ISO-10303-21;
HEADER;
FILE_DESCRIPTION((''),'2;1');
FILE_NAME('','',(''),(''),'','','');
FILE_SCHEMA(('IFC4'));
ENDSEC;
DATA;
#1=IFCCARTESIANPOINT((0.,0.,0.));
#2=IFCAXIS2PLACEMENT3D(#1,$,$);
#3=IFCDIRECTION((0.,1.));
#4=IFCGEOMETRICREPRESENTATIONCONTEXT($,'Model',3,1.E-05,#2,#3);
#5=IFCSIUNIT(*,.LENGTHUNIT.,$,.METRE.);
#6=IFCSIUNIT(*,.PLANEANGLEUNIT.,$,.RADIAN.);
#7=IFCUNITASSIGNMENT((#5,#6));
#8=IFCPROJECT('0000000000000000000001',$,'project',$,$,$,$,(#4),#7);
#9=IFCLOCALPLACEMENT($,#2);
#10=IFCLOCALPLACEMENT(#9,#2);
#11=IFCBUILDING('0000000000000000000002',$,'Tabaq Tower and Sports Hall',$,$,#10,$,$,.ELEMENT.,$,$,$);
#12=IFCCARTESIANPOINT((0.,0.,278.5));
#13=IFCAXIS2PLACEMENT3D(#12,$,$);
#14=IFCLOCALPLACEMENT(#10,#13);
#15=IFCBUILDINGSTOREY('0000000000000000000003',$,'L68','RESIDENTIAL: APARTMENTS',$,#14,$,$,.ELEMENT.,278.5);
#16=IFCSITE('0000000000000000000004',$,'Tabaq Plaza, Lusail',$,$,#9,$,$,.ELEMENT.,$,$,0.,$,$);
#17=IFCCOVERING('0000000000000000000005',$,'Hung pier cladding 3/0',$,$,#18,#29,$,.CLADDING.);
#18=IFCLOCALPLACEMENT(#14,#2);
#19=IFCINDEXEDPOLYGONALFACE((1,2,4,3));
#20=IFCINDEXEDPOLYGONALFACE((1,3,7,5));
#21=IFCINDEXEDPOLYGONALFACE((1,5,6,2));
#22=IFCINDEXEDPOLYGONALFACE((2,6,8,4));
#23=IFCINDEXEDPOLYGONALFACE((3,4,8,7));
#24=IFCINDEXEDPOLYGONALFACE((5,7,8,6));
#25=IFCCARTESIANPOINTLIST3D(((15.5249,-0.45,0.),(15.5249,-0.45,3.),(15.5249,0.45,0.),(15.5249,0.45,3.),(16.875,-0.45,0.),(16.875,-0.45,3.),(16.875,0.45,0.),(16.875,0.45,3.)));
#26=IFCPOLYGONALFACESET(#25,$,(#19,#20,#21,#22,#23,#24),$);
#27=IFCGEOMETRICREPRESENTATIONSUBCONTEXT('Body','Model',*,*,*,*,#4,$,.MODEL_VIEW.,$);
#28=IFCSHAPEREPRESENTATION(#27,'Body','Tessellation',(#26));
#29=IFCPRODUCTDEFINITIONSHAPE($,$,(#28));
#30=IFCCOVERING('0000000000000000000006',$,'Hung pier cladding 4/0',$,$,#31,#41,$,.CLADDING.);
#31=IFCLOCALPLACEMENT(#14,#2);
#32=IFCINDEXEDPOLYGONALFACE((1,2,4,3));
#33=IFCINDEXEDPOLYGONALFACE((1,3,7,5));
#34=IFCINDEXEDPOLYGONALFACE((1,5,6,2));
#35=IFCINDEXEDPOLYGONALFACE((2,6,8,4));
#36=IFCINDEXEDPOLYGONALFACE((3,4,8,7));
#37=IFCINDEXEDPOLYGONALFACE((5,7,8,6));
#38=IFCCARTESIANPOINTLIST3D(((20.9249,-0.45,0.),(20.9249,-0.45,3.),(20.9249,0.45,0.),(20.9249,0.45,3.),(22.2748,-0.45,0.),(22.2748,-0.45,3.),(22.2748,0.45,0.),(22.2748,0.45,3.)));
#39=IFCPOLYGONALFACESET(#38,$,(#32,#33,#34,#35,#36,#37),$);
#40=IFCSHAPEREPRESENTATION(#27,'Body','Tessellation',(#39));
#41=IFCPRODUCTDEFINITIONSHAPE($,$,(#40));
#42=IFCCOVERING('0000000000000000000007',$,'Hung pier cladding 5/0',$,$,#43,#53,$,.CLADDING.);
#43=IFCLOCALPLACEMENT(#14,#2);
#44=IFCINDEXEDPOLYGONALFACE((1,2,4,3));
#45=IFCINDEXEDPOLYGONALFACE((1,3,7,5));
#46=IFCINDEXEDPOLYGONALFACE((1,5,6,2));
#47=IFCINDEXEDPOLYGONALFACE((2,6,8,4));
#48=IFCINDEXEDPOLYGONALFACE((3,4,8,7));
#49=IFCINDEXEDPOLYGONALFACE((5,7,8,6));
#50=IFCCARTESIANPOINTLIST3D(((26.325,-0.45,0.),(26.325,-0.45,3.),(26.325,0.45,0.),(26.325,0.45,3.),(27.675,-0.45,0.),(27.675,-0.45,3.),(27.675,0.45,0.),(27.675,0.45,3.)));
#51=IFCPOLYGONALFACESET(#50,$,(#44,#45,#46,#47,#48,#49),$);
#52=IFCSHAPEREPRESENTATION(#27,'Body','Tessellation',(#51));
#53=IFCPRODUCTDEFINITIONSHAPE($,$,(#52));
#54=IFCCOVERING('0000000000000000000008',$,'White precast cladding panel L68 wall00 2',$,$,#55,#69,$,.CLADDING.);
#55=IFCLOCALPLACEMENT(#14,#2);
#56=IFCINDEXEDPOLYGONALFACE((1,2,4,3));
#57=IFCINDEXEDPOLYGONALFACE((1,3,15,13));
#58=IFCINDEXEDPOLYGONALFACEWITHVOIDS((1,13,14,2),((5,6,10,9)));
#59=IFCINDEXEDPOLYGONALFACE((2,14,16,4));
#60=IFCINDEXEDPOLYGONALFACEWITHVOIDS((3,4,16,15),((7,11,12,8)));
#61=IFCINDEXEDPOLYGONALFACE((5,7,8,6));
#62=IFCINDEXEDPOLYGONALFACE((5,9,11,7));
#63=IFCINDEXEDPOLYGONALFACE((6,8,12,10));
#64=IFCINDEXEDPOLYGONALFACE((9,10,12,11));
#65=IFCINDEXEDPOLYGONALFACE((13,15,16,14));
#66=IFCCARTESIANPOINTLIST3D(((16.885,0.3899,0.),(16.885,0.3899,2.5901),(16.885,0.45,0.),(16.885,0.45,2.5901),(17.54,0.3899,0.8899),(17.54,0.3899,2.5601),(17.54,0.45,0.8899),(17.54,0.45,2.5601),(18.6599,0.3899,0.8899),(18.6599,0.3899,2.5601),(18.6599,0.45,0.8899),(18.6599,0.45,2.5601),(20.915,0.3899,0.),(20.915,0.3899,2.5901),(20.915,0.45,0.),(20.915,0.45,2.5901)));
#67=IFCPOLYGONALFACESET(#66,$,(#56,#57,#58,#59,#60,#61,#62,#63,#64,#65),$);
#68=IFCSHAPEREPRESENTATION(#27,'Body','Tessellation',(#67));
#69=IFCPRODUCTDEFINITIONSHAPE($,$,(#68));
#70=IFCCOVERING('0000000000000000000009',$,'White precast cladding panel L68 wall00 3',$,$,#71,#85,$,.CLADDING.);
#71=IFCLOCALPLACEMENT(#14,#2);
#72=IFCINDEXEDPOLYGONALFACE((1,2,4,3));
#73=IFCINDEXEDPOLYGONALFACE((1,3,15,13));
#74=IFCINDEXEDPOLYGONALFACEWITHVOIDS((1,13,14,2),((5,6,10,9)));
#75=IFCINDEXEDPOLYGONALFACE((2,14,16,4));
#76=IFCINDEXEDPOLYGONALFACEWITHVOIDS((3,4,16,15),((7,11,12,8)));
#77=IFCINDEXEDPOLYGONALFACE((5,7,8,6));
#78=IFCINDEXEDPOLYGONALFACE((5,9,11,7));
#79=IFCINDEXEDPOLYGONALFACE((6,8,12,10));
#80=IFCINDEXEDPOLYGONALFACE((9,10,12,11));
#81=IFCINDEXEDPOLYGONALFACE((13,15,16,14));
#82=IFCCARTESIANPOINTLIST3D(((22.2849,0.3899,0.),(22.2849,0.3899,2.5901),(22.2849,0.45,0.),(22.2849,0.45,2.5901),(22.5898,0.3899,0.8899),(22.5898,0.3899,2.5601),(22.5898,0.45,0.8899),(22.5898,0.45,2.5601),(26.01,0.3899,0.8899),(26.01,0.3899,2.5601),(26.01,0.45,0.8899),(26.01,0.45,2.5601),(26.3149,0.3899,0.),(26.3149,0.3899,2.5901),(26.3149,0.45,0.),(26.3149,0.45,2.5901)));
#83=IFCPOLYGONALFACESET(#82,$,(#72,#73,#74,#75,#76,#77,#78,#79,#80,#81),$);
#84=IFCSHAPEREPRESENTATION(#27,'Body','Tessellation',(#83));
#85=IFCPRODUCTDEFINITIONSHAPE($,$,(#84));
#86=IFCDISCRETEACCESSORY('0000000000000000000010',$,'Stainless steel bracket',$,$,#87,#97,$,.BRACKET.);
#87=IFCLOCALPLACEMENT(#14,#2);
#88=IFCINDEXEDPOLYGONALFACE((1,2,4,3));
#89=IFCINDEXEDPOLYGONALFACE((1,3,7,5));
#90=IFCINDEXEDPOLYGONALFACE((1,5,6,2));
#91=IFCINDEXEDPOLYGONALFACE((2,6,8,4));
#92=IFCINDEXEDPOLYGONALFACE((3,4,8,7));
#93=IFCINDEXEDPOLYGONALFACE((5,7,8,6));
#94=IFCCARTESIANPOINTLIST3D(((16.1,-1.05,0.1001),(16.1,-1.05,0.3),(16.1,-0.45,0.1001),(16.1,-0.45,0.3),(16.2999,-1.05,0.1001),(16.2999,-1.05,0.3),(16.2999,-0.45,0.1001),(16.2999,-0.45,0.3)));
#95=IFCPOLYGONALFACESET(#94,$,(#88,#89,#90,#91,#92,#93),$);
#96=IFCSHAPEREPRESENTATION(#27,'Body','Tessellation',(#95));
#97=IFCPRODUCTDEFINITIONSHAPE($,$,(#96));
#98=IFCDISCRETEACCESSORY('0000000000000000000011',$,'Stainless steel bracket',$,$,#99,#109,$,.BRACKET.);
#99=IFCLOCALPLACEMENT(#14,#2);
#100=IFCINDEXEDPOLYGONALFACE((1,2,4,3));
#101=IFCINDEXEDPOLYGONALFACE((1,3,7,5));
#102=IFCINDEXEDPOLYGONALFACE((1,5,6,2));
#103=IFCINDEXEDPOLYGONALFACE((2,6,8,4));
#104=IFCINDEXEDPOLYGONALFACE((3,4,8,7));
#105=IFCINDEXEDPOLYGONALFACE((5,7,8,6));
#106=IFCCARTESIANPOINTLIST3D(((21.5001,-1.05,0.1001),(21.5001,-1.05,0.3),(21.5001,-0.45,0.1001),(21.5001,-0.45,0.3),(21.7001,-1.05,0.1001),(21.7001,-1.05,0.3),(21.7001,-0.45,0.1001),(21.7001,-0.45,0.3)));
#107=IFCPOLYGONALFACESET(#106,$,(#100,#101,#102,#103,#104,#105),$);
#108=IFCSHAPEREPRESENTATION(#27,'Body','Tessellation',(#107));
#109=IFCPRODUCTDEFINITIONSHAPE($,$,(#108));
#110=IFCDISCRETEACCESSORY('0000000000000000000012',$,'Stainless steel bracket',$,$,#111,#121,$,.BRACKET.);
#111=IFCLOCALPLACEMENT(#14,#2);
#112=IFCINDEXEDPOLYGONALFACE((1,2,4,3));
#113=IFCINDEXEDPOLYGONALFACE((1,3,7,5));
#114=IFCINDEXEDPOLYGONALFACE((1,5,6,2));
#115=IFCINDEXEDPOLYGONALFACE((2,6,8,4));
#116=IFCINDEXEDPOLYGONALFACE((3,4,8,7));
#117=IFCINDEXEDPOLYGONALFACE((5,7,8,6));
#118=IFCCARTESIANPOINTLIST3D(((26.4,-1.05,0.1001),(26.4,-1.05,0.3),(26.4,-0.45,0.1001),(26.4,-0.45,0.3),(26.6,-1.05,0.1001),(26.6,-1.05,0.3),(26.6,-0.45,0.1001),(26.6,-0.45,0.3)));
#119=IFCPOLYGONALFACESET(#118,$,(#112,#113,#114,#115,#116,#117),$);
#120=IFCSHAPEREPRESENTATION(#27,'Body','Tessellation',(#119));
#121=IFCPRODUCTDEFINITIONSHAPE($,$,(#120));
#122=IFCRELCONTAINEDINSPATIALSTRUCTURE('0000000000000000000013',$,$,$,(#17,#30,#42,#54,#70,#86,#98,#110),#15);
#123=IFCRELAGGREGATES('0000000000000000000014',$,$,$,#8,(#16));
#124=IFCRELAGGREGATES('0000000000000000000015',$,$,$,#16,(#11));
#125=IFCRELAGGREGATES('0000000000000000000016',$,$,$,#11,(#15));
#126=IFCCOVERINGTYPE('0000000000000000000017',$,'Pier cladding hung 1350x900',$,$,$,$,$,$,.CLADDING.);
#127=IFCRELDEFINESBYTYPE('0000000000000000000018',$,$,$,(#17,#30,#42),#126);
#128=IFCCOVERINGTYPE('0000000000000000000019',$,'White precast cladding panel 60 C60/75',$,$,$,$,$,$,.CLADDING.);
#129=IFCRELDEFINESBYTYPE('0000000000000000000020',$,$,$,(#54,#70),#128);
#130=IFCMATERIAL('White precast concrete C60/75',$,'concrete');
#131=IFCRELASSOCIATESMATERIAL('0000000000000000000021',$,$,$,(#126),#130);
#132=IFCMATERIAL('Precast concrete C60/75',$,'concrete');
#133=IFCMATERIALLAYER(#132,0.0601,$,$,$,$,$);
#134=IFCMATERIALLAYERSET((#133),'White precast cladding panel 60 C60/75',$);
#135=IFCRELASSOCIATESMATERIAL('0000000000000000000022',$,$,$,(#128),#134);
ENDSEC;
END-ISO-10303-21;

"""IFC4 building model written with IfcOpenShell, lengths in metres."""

from ifc_helpers import new_model, si_unit, direction, frame, frame_2d, origin, origin_2d, place, context, subcontext, project, spatial, polyline, rectangle, outline, extrude, material, layer, layer_set, type_object, element, save


model = new_model("IFC4")

# Units and contexts
model_context = context("Model", 3, precision=1e-05, world=origin(), true_north=direction((0.0, 1.0)))
body_context = subcontext(model_context, "Body", "Model", "MODEL_VIEW")
ifc_project = project(units=[si_unit("LENGTHUNIT", "METRE"), si_unit("PLANEANGLEUNIT", "RADIAN")], contexts=[model_context])

# Site, building, storey
site_placement = place(None, origin())
site = spatial("IfcSite", under=ifc_project, at=site_placement, Name="Tabaq Plaza, Lusail", CompositionType="ELEMENT", RefElevation=0.0)
building_placement = place(site_placement, origin())
building = spatial("IfcBuilding", under=site, at=building_placement, Name="Tabaq Tower and Sports Hall", CompositionType="ELEMENT")
storey_placement = place(building_placement, frame((0.0, 0.0, 278.5)))
storey = spatial("IfcBuildingStorey", under=building, at=storey_placement, Name="L68", Description="RESIDENTIAL: APARTMENTS", CompositionType="ELEMENT", Elevation=278.5)

# Coverings
ifc_material_1 = material(Name="White precast concrete C60/75", Category="concrete")
covering_type_1 = type_object("IfcCoveringType", Name="Pier cladding hung 1350x900", PredefinedType="CLADDING", material=ifc_material_1)
covering_1_placement = place(storey_placement, frame((15.5249, 0.0, 0.0), z_axis=(0.0, 0.0, 1.0), x_axis=(1.0, 0.0, 0.0)))
element("IfcCovering", 1, at=covering_1_placement, inside=storey, type_object=covering_type_1, Name="Hung pier cladding 3/0", PredefinedType="CLADDING", context=body_context, shape_type="SweptSolid", body=[
    extrude(rectangle(XDim=1.3501, YDim=0.8999, at=frame_2d((0.675, 0.0))), origin(), (0.0, 0.0, 1.0), 3.0),
])
covering_2_placement = place(storey_placement, frame((20.925, 0.0, 0.0), z_axis=(0.0, 0.0, 1.0), x_axis=(1.0, 0.0, 0.0)))
element("IfcCovering", 2, at=covering_2_placement, inside=storey, type_object=covering_type_1, Name="Hung pier cladding 4/0", PredefinedType="CLADDING", context=body_context, shape_type="SweptSolid", body=[
    extrude(rectangle(XDim=1.3499, YDim=0.8999, at=frame_2d((0.6748, 0.0))), origin(), (0.0, 0.0, 1.0), 3.0),
])
covering_3_placement = place(storey_placement, frame((26.325, 0.0, 0.0), z_axis=(0.0, 0.0, 1.0), x_axis=(1.0, 0.0, 0.0)))
element("IfcCovering", 3, at=covering_3_placement, inside=storey, type_object=covering_type_1, Name="Hung pier cladding 5/0", PredefinedType="CLADDING", context=body_context, shape_type="SweptSolid", body=[
    extrude(rectangle(XDim=1.3501, YDim=0.8999, at=frame_2d((0.675, 0.0))), origin(), (0.0, 0.0, 1.0), 3.0),
])
ifc_material_2 = material(Name="Precast concrete C60/75", Category="concrete")
ifc_layer_1 = layer(ifc_material_2, 0.0601)
ifc_layer_set_1 = layer_set([ifc_layer_1], Name="White precast cladding panel 60 C60/75")
covering_type_2 = type_object("IfcCoveringType", Name="White precast cladding panel 60 C60/75", PredefinedType="CLADDING", material=ifc_layer_set_1)
covering_4_placement = place(storey_placement, frame((16.885, 0.4199, 0.0), z_axis=(0.0, 0.0, 1.0), x_axis=(1.0, 0.0, 0.0)))
element("IfcCovering", 4, at=covering_4_placement, inside=storey, type_object=covering_type_2, Name="White precast cladding panel L68 wall00 2", PredefinedType="CLADDING", context=body_context, shape_type="SweptSolid", body=[
    extrude(outline(polyline([(0.0, 0.0), (4.03, 0.0), (4.03, 2.5901), (0.0, 2.5901), (0.0, 0.0)]), holes=[polyline([(1.7749, 0.8899), (0.655, 0.8899), (0.655, 2.5601), (1.7749, 2.5601), (1.7749, 0.8899)])]), frame((0.0, 0.03, 0.0), z_axis=(0.0, -1.0, 0.0), x_axis=(1.0, 0.0, 0.0)), (0.0, 0.0, 1.0), 0.0601),
])
covering_5_placement = place(storey_placement, frame((22.2849, 0.4199, 0.0), z_axis=(0.0, 0.0, 1.0), x_axis=(1.0, 0.0, 0.0)))
element("IfcCovering", 5, at=covering_5_placement, inside=storey, type_object=covering_type_2, Name="White precast cladding panel L68 wall00 3", PredefinedType="CLADDING", context=body_context, shape_type="SweptSolid", body=[
    extrude(outline(polyline([(0.0, 0.0), (4.03, 0.0), (4.03, 2.5901), (0.0, 2.5901), (0.0, 0.0)]), holes=[polyline([(3.7251, 0.8899), (0.3049, 0.8899), (0.3049, 2.5601), (3.7251, 2.5601), (3.7251, 0.8899)])]), frame((0.0, 0.03, 0.0), z_axis=(0.0, -1.0, 0.0), x_axis=(1.0, 0.0, 0.0)), (0.0, 0.0, 1.0), 0.0601),
])

# Discrete accessories
for number, where, z_axis, x_axis, name in (
    (6, (16.2, -0.75, 0.1001), (0.0, 0.0, 1.0), (0.0, -1.0, 0.0), "Stainless steel bracket"),
    (7, (21.6001, -0.75, 0.1001), (0.0, 0.0, 1.0), (0.0, -1.0, 0.0), "Stainless steel bracket"),
    (8, (26.5, -0.75, 0.1001), (0.0, 0.0, 1.0), (0.0, -1.0, 0.0), "Stainless steel bracket"),
):
    element("IfcDiscreteAccessory", number, at=place(storey_placement, frame(where, z_axis=z_axis, x_axis=x_axis)), inside=storey, Name=name, PredefinedType="BRACKET", context=body_context, shape_type="SweptSolid", body=[
        extrude(rectangle(XDim=0.6001, YDim=0.2, at=origin_2d()), origin(), (0.0, 0.0, 1.0), 0.2),
    ])

save(model, "model.ifc")
